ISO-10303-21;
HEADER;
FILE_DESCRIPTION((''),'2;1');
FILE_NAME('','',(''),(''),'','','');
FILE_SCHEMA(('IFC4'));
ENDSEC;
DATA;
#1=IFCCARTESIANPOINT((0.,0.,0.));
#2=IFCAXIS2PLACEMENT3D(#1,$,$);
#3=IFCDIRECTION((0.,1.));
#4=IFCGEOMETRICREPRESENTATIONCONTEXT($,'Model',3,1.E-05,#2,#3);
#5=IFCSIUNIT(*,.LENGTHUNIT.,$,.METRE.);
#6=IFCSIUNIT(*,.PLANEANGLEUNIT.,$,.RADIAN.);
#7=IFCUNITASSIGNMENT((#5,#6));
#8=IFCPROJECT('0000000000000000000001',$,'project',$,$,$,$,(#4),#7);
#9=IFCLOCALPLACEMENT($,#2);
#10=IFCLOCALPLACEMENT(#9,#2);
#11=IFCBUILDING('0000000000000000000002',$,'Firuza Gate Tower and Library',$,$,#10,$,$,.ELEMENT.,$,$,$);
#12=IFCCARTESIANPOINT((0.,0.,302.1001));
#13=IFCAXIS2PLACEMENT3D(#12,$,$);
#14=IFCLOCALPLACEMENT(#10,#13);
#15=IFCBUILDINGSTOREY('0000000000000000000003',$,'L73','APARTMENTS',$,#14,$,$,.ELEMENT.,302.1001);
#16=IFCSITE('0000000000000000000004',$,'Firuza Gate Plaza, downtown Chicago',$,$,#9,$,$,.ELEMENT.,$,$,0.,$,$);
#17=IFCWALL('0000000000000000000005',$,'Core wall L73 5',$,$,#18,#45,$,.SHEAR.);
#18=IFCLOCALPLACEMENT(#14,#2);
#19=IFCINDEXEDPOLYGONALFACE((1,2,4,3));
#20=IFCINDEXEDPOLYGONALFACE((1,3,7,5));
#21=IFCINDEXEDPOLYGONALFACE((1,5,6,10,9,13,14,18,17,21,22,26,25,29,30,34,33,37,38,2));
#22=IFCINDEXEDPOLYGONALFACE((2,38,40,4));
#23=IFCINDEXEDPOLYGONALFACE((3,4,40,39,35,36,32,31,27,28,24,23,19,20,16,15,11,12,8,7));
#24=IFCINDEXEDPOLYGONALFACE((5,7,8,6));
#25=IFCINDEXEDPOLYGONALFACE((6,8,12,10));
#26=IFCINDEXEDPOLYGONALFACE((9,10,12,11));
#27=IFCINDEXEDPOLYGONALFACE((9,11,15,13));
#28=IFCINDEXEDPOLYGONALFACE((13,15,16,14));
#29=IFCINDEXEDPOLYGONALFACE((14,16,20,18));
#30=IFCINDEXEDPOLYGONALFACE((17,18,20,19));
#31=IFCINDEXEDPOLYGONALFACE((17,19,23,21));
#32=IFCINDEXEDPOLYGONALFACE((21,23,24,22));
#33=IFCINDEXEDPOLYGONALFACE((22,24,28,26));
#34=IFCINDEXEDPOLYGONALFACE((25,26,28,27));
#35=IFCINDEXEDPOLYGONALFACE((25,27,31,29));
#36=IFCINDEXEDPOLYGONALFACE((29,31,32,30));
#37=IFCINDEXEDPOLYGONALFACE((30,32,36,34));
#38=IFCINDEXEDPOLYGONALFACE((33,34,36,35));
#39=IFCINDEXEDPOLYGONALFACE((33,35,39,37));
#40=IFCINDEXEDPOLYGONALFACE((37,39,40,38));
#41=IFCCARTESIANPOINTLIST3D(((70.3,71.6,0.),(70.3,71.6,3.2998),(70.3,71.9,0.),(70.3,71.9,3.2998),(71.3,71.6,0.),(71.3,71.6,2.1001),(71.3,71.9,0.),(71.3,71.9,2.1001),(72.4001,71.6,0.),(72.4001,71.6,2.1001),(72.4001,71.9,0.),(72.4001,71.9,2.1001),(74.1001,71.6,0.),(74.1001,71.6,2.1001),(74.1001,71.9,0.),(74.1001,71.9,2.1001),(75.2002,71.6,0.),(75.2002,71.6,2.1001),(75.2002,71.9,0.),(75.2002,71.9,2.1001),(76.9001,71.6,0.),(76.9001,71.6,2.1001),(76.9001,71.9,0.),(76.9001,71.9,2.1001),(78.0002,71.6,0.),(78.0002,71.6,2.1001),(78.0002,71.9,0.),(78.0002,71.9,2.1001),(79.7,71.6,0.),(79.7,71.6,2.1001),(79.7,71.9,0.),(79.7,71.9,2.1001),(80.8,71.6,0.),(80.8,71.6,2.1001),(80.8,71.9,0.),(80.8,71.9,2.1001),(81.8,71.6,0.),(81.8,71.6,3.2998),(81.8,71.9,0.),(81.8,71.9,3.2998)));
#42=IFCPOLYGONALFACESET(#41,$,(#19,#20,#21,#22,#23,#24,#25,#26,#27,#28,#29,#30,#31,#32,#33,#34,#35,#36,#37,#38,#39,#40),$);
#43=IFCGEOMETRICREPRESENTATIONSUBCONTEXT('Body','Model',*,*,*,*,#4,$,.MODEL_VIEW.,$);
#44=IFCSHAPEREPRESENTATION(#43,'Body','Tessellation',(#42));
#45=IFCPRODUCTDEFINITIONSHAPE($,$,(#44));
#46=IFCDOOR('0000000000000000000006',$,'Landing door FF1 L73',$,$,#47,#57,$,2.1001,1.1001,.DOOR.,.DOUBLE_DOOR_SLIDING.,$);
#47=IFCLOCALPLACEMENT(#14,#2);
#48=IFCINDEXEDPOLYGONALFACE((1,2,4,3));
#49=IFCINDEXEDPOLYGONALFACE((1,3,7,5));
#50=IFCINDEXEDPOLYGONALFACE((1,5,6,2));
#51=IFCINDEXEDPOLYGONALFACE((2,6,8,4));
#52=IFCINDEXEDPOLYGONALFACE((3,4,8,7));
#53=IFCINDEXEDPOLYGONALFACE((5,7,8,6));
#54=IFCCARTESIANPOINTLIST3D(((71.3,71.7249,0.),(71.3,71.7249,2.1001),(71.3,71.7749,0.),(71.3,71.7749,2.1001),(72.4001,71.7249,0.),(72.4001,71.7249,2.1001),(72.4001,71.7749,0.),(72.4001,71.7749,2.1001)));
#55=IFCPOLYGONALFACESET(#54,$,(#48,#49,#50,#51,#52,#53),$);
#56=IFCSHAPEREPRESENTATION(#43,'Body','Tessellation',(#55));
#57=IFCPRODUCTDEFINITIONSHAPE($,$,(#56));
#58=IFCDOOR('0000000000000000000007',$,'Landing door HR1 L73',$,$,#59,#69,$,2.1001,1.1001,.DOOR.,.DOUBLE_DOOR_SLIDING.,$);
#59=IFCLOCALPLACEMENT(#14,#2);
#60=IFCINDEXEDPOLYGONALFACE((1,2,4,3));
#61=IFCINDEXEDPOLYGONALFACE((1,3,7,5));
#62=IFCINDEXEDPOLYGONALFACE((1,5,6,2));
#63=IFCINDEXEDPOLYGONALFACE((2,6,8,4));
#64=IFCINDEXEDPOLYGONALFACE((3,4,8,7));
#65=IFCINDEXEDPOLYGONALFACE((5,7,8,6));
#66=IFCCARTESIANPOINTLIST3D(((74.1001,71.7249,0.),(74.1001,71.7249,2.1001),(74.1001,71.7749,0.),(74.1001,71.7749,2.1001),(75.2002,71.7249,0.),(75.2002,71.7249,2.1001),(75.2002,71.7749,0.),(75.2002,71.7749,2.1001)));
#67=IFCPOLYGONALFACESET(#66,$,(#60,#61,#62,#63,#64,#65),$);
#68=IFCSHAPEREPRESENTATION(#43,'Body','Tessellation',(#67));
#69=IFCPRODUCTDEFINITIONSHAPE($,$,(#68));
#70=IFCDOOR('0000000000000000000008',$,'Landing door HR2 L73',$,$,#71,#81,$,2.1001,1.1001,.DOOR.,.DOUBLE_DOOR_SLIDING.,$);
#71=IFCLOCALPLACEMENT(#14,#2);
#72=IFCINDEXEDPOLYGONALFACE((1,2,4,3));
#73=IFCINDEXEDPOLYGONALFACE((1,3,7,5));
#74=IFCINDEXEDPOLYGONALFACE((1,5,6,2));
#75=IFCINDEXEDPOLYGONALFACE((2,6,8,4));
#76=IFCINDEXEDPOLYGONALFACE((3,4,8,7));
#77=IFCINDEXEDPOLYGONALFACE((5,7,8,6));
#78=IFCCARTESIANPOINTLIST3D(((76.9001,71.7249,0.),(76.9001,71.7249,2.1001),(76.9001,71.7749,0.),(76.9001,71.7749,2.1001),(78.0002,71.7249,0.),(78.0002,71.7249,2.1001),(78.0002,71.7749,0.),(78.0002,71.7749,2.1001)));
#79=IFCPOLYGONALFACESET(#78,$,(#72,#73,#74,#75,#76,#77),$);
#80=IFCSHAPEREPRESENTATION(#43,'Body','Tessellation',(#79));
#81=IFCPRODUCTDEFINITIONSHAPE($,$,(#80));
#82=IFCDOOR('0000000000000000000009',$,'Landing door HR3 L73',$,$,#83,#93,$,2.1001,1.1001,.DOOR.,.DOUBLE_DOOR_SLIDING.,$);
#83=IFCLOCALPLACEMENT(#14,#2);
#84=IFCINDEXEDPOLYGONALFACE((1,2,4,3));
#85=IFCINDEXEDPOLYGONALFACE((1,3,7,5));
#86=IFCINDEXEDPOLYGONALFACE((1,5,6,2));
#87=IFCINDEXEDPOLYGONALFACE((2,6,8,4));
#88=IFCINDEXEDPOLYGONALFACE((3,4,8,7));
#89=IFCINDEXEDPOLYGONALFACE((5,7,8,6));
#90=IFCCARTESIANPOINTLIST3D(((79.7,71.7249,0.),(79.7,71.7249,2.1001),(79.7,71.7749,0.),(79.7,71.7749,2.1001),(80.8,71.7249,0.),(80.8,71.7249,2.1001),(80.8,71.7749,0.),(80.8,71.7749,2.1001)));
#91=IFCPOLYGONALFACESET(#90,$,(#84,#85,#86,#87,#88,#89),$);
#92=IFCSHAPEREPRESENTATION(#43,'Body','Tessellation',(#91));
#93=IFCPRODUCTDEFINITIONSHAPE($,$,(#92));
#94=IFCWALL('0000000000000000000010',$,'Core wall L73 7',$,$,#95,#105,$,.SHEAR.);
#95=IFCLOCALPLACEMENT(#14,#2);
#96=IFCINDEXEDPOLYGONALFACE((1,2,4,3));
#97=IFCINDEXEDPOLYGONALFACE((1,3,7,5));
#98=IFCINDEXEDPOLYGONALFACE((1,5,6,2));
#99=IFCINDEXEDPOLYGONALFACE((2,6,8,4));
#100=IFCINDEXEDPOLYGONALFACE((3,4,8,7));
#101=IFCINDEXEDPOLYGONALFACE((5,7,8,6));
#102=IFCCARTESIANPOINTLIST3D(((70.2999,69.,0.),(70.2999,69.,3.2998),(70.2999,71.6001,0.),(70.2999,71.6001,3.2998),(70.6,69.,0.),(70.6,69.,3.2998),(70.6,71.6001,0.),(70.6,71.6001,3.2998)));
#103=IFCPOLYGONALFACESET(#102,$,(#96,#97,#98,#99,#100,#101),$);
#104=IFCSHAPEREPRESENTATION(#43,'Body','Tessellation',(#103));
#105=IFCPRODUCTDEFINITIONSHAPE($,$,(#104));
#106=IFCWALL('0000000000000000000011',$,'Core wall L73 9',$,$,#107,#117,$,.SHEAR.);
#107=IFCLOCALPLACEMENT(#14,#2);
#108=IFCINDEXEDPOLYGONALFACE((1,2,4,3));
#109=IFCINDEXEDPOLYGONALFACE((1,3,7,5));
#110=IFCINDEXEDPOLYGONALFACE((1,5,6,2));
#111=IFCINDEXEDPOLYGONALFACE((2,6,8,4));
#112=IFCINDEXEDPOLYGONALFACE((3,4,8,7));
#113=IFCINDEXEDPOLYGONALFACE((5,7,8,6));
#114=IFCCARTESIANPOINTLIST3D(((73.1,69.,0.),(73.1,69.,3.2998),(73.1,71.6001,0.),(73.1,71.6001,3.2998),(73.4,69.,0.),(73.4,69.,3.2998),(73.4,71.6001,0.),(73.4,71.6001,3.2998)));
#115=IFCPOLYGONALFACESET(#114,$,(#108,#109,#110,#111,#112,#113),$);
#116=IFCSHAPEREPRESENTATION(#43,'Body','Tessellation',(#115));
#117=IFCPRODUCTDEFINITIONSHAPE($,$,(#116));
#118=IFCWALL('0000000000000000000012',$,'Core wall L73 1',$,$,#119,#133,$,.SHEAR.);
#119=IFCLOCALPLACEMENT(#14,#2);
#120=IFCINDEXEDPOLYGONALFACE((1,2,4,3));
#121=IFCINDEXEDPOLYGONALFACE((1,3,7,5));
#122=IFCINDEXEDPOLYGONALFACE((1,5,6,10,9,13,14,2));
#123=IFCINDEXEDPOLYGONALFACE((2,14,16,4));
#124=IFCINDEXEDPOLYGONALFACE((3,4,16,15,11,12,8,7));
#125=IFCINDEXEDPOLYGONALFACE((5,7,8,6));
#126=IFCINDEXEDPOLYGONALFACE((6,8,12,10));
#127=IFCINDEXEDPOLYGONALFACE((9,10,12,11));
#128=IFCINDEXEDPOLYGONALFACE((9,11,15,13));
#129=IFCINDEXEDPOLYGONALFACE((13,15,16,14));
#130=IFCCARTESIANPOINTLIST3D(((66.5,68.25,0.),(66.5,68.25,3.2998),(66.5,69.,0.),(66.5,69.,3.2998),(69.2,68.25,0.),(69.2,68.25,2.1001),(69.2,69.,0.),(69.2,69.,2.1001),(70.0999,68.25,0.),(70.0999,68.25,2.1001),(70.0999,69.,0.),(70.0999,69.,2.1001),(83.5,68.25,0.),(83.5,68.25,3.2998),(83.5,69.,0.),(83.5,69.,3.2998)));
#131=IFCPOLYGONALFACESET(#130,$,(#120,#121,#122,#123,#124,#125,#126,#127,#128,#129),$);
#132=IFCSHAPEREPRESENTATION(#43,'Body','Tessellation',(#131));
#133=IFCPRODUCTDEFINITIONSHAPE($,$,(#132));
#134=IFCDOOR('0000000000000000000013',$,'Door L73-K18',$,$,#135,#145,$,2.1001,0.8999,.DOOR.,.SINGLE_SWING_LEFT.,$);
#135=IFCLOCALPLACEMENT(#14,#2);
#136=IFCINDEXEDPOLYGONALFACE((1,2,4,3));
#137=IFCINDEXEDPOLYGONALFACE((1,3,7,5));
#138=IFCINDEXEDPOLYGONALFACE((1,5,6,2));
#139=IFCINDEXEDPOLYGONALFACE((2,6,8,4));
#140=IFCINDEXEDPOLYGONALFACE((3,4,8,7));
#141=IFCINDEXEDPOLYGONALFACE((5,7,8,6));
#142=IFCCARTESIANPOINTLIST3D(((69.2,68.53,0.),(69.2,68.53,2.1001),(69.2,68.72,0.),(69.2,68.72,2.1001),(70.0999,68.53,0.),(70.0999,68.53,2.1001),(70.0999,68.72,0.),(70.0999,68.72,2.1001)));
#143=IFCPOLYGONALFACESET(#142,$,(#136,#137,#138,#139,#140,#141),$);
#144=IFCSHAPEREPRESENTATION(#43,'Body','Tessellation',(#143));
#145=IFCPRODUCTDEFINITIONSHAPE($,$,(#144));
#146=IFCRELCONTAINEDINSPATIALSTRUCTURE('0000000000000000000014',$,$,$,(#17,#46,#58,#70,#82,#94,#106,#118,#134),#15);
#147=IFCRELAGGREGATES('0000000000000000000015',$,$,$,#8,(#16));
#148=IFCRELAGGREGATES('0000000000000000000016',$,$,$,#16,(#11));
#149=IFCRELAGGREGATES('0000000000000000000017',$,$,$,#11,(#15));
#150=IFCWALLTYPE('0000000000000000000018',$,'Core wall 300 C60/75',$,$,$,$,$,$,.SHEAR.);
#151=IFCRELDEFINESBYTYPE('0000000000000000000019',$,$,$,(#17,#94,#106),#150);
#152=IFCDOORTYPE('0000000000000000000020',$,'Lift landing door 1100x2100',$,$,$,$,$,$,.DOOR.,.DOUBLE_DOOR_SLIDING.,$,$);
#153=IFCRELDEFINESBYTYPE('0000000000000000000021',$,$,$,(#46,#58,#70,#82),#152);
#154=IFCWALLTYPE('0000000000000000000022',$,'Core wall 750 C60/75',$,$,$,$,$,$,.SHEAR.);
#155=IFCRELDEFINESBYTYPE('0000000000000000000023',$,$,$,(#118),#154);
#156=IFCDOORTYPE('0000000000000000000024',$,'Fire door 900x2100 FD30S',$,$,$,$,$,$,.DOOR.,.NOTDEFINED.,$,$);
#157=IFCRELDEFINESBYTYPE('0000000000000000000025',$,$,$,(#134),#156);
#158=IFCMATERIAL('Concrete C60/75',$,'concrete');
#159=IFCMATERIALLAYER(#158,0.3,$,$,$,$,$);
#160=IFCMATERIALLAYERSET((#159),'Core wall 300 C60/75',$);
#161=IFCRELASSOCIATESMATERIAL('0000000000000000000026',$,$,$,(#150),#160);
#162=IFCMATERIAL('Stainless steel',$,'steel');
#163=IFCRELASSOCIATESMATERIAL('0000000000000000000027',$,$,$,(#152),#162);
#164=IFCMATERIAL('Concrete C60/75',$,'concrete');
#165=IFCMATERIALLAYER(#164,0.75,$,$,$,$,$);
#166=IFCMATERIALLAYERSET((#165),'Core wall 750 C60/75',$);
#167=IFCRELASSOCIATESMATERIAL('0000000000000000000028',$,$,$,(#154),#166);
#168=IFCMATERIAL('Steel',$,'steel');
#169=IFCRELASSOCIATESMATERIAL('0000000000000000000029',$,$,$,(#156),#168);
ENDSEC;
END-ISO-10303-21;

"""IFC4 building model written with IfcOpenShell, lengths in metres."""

from ifc_helpers import new_model, si_unit, direction, frame, frame_2d, origin, place, context, subcontext, project, spatial, rectangle, extrude, material, layer, layer_set, type_object, element, fill, save


model = new_model("IFC4")

# Units and contexts
model_context = context("Model", 3, precision=1e-05, world=origin(), true_north=direction((0.0, 1.0)))
body_context = subcontext(model_context, "Body", "Model", "MODEL_VIEW")
ifc_project = project(units=[si_unit("LENGTHUNIT", "METRE"), si_unit("PLANEANGLEUNIT", "RADIAN")], contexts=[model_context])

# Site, building, storey
site_placement = place(None, origin())
site = spatial("IfcSite", under=ifc_project, at=site_placement, Name="Firuza Gate Plaza, downtown Chicago", CompositionType="ELEMENT", RefElevation=0.0)
building_placement = place(site_placement, origin())
building = spatial("IfcBuilding", under=site, at=building_placement, Name="Firuza Gate Tower and Library", CompositionType="ELEMENT")
storey_placement = place(building_placement, frame((0.0, 0.0, 302.1001)))
storey = spatial("IfcBuildingStorey", under=building, at=storey_placement, Name="L73", Description="APARTMENTS", CompositionType="ELEMENT", Elevation=302.1001)

# Wall, openings, doors
ifc_material_1 = material(Name="Concrete C60/75", Category="concrete")
ifc_layer_1 = layer(ifc_material_1, 0.3)
ifc_layer_set_1 = layer_set([ifc_layer_1], Name="Core wall 300 C60/75")
wall_type_1 = type_object("IfcWallType", Name="Core wall 300 C60/75", PredefinedType="SHEAR", material=ifc_layer_set_1)
wall_1_placement = place(storey_placement, frame((70.3, 71.75, 0.0), z_axis=(0.0, 0.0, 1.0), x_axis=(1.0, 0.0, 0.0)))
wall_1 = element("IfcWall", 1, at=wall_1_placement, inside=storey, type_object=wall_type_1, Name="Core wall L73 5", PredefinedType="SHEAR", context=body_context, shape_type="SweptSolid", body=[
    extrude(rectangle(XDim=11.5, YDim=0.3, at=frame_2d((5.75, 0.0))), origin(), (0.0, 0.0, 1.0), 3.2998),
])
opening_1_placement = place(wall_1_placement, frame((1.0, 0.0, 0.0)))
opening_1 = element("IfcOpeningElement", 2, at=opening_1_placement, cuts=wall_1, PredefinedType="OPENING", context=body_context, shape_type="SweptSolid", body=[
    extrude(rectangle(XDim=1.1001, YDim=2.1001, at=frame_2d((0.55, 1.05))), frame((0.0, 0.1602, 0.0), z_axis=(0.0, -1.0, 0.0), x_axis=(1.0, 0.0, 0.0)), (0.0, 0.0, 1.0), 0.3201),
])
opening_2_placement = place(wall_1_placement, frame((3.8, 0.0, 0.0)))
opening_2 = element("IfcOpeningElement", 3, at=opening_2_placement, cuts=wall_1, PredefinedType="OPENING", context=body_context, shape_type="SweptSolid", body=[
    extrude(rectangle(XDim=1.1001, YDim=2.1001, at=frame_2d((0.55, 1.05))), frame((0.0, 0.1602, 0.0), z_axis=(0.0, -1.0, 0.0), x_axis=(1.0, 0.0, 0.0)), (0.0, 0.0, 1.0), 0.3201),
])
opening_3_placement = place(wall_1_placement, frame((6.6001, 0.0, 0.0)))
opening_3 = element("IfcOpeningElement", 4, at=opening_3_placement, cuts=wall_1, PredefinedType="OPENING", context=body_context, shape_type="SweptSolid", body=[
    extrude(rectangle(XDim=1.1001, YDim=2.1001, at=frame_2d((0.55, 1.05))), frame((0.0, 0.1602, 0.0), z_axis=(0.0, -1.0, 0.0), x_axis=(1.0, 0.0, 0.0)), (0.0, 0.0, 1.0), 0.3201),
])
opening_4_placement = place(wall_1_placement, frame((9.3999, 0.0, 0.0)))
opening_4 = element("IfcOpeningElement", 5, at=opening_4_placement, cuts=wall_1, PredefinedType="OPENING", context=body_context, shape_type="SweptSolid", body=[
    extrude(rectangle(XDim=1.1001, YDim=2.1001, at=frame_2d((0.55, 1.05))), frame((0.0, 0.1602, 0.0), z_axis=(0.0, -1.0, 0.0), x_axis=(1.0, 0.0, 0.0)), (0.0, 0.0, 1.0), 0.3201),
])
ifc_material_2 = material(Name="Stainless steel", Category="steel")
door_type_1 = type_object("IfcDoorType", Name="Lift landing door 1100x2100", OperationType="DOUBLE_DOOR_SLIDING", PredefinedType="DOOR", material=ifc_material_2)
door_1_placement = place(opening_1_placement, origin())
door_1 = element("IfcDoor", 6, at=door_1_placement, inside=storey, type_object=door_type_1, Name="Landing door FF1 L73", OperationType="DOUBLE_DOOR_SLIDING", OverallHeight=2.1001, OverallWidth=1.1001, PredefinedType="DOOR", context=body_context, shape_type="SweptSolid", body=[
    extrude(rectangle(XDim=1.1001, YDim=2.1001, at=frame_2d((0.55, 1.05))), frame((0.0, 0.0249, 0.0), z_axis=(0.0, -1.0, 0.0), x_axis=(1.0, 0.0, 0.0)), (0.0, 0.0, 1.0), 0.05),
])
fill(opening_1, door_1)
door_2_placement = place(opening_2_placement, origin())
door_2 = element("IfcDoor", 7, at=door_2_placement, inside=storey, type_object=door_type_1, Name="Landing door HR1 L73", OperationType="DOUBLE_DOOR_SLIDING", OverallHeight=2.1001, OverallWidth=1.1001, PredefinedType="DOOR", context=body_context, shape_type="SweptSolid", body=[
    extrude(rectangle(XDim=1.1001, YDim=2.1001, at=frame_2d((0.55, 1.05))), frame((0.0, 0.0249, 0.0), z_axis=(0.0, -1.0, 0.0), x_axis=(1.0, 0.0, 0.0)), (0.0, 0.0, 1.0), 0.05),
])
fill(opening_2, door_2)
door_3_placement = place(opening_3_placement, origin())
door_3 = element("IfcDoor", 8, at=door_3_placement, inside=storey, type_object=door_type_1, Name="Landing door HR2 L73", OperationType="DOUBLE_DOOR_SLIDING", OverallHeight=2.1001, OverallWidth=1.1001, PredefinedType="DOOR", context=body_context, shape_type="SweptSolid", body=[
    extrude(rectangle(XDim=1.1001, YDim=2.1001, at=frame_2d((0.55, 1.05))), frame((0.0, 0.0249, 0.0), z_axis=(0.0, -1.0, 0.0), x_axis=(1.0, 0.0, 0.0)), (0.0, 0.0, 1.0), 0.05),
])
fill(opening_3, door_3)
door_4_placement = place(opening_4_placement, origin())
door_4 = element("IfcDoor", 9, at=door_4_placement, inside=storey, type_object=door_type_1, Name="Landing door HR3 L73", OperationType="DOUBLE_DOOR_SLIDING", OverallHeight=2.1001, OverallWidth=1.1001, PredefinedType="DOOR", context=body_context, shape_type="SweptSolid", body=[
    extrude(rectangle(XDim=1.1001, YDim=2.1001, at=frame_2d((0.55, 1.05))), frame((0.0, 0.0249, 0.0), z_axis=(0.0, -1.0, 0.0), x_axis=(1.0, 0.0, 0.0)), (0.0, 0.0, 1.0), 0.05),
])
fill(opening_4, door_4)

# Walls
for number, where, z_axis, x_axis, name in (
    (10, (70.45, 69.0, 0.0), (0.0, 0.0, 1.0), (0.0, 1.0, 0.0), "Core wall L73 7"),
    (11, (73.25, 69.0, 0.0), (0.0, 0.0, 1.0), (0.0, 1.0, 0.0), "Core wall L73 9"),
):
    element("IfcWall", number, at=place(storey_placement, frame(where, z_axis=z_axis, x_axis=x_axis)), inside=storey, type_object=wall_type_1, Name=name, PredefinedType="SHEAR", context=body_context, shape_type="SweptSolid", body=[
        extrude(rectangle(XDim=2.6001, YDim=0.3, at=frame_2d((1.3, 0.0))), origin(), (0.0, 0.0, 1.0), 3.2998),
    ])

# Wall, opening, door
ifc_material_3 = material(Name="Concrete C60/75", Category="concrete")
ifc_layer_2 = layer(ifc_material_3, 0.75)
ifc_layer_set_2 = layer_set([ifc_layer_2], Name="Core wall 750 C60/75")
wall_type_2 = type_object("IfcWallType", Name="Core wall 750 C60/75", PredefinedType="SHEAR", material=ifc_layer_set_2)
wall_2_placement = place(storey_placement, frame((66.5, 68.625, 0.0), z_axis=(0.0, 0.0, 1.0), x_axis=(1.0, 0.0, 0.0)))
wall_2 = element("IfcWall", 12, at=wall_2_placement, inside=storey, type_object=wall_type_2, Name="Core wall L73 1", PredefinedType="SHEAR", context=body_context, shape_type="SweptSolid", body=[
    extrude(rectangle(XDim=17.0, YDim=0.75, at=frame_2d((8.5, 0.0))), origin(), (0.0, 0.0, 1.0), 3.2998),
])
opening_5_placement = place(wall_2_placement, frame((2.7, 0.0, 0.0)))
opening_5 = element("IfcOpeningElement", 13, at=opening_5_placement, cuts=wall_2, PredefinedType="OPENING", context=body_context, shape_type="SweptSolid", body=[
    extrude(rectangle(XDim=0.8999, YDim=2.1001, at=frame_2d((0.45, 1.05))), frame((0.0, 0.385, 0.0), z_axis=(0.0, -1.0, 0.0), x_axis=(1.0, 0.0, 0.0)), (0.0, 0.0, 1.0), 0.77),
])
ifc_material_4 = material(Name="Steel", Category="steel")
door_type_2 = type_object("IfcDoorType", Name="Fire door 900x2100 FD30S", OperationType="NOTDEFINED", PredefinedType="DOOR", material=ifc_material_4)
door_5_placement = place(opening_5_placement, origin())
door_5 = element("IfcDoor", 14, at=door_5_placement, inside=storey, type_object=door_type_2, Name="Door L73-K18", OperationType="SINGLE_SWING_LEFT", OverallHeight=2.1001, OverallWidth=0.8999, PredefinedType="DOOR", context=body_context, shape_type="SweptSolid", body=[
    extrude(rectangle(XDim=0.8999, YDim=2.1001, at=frame_2d((0.45, 1.05))), frame((0.0, 0.095, 0.0), z_axis=(0.0, -1.0, 0.0), x_axis=(1.0, 0.0, 0.0)), (0.0, 0.0, 1.0), 0.1899),
])
fill(opening_5, door_5)

save(model, "model.ifc")
